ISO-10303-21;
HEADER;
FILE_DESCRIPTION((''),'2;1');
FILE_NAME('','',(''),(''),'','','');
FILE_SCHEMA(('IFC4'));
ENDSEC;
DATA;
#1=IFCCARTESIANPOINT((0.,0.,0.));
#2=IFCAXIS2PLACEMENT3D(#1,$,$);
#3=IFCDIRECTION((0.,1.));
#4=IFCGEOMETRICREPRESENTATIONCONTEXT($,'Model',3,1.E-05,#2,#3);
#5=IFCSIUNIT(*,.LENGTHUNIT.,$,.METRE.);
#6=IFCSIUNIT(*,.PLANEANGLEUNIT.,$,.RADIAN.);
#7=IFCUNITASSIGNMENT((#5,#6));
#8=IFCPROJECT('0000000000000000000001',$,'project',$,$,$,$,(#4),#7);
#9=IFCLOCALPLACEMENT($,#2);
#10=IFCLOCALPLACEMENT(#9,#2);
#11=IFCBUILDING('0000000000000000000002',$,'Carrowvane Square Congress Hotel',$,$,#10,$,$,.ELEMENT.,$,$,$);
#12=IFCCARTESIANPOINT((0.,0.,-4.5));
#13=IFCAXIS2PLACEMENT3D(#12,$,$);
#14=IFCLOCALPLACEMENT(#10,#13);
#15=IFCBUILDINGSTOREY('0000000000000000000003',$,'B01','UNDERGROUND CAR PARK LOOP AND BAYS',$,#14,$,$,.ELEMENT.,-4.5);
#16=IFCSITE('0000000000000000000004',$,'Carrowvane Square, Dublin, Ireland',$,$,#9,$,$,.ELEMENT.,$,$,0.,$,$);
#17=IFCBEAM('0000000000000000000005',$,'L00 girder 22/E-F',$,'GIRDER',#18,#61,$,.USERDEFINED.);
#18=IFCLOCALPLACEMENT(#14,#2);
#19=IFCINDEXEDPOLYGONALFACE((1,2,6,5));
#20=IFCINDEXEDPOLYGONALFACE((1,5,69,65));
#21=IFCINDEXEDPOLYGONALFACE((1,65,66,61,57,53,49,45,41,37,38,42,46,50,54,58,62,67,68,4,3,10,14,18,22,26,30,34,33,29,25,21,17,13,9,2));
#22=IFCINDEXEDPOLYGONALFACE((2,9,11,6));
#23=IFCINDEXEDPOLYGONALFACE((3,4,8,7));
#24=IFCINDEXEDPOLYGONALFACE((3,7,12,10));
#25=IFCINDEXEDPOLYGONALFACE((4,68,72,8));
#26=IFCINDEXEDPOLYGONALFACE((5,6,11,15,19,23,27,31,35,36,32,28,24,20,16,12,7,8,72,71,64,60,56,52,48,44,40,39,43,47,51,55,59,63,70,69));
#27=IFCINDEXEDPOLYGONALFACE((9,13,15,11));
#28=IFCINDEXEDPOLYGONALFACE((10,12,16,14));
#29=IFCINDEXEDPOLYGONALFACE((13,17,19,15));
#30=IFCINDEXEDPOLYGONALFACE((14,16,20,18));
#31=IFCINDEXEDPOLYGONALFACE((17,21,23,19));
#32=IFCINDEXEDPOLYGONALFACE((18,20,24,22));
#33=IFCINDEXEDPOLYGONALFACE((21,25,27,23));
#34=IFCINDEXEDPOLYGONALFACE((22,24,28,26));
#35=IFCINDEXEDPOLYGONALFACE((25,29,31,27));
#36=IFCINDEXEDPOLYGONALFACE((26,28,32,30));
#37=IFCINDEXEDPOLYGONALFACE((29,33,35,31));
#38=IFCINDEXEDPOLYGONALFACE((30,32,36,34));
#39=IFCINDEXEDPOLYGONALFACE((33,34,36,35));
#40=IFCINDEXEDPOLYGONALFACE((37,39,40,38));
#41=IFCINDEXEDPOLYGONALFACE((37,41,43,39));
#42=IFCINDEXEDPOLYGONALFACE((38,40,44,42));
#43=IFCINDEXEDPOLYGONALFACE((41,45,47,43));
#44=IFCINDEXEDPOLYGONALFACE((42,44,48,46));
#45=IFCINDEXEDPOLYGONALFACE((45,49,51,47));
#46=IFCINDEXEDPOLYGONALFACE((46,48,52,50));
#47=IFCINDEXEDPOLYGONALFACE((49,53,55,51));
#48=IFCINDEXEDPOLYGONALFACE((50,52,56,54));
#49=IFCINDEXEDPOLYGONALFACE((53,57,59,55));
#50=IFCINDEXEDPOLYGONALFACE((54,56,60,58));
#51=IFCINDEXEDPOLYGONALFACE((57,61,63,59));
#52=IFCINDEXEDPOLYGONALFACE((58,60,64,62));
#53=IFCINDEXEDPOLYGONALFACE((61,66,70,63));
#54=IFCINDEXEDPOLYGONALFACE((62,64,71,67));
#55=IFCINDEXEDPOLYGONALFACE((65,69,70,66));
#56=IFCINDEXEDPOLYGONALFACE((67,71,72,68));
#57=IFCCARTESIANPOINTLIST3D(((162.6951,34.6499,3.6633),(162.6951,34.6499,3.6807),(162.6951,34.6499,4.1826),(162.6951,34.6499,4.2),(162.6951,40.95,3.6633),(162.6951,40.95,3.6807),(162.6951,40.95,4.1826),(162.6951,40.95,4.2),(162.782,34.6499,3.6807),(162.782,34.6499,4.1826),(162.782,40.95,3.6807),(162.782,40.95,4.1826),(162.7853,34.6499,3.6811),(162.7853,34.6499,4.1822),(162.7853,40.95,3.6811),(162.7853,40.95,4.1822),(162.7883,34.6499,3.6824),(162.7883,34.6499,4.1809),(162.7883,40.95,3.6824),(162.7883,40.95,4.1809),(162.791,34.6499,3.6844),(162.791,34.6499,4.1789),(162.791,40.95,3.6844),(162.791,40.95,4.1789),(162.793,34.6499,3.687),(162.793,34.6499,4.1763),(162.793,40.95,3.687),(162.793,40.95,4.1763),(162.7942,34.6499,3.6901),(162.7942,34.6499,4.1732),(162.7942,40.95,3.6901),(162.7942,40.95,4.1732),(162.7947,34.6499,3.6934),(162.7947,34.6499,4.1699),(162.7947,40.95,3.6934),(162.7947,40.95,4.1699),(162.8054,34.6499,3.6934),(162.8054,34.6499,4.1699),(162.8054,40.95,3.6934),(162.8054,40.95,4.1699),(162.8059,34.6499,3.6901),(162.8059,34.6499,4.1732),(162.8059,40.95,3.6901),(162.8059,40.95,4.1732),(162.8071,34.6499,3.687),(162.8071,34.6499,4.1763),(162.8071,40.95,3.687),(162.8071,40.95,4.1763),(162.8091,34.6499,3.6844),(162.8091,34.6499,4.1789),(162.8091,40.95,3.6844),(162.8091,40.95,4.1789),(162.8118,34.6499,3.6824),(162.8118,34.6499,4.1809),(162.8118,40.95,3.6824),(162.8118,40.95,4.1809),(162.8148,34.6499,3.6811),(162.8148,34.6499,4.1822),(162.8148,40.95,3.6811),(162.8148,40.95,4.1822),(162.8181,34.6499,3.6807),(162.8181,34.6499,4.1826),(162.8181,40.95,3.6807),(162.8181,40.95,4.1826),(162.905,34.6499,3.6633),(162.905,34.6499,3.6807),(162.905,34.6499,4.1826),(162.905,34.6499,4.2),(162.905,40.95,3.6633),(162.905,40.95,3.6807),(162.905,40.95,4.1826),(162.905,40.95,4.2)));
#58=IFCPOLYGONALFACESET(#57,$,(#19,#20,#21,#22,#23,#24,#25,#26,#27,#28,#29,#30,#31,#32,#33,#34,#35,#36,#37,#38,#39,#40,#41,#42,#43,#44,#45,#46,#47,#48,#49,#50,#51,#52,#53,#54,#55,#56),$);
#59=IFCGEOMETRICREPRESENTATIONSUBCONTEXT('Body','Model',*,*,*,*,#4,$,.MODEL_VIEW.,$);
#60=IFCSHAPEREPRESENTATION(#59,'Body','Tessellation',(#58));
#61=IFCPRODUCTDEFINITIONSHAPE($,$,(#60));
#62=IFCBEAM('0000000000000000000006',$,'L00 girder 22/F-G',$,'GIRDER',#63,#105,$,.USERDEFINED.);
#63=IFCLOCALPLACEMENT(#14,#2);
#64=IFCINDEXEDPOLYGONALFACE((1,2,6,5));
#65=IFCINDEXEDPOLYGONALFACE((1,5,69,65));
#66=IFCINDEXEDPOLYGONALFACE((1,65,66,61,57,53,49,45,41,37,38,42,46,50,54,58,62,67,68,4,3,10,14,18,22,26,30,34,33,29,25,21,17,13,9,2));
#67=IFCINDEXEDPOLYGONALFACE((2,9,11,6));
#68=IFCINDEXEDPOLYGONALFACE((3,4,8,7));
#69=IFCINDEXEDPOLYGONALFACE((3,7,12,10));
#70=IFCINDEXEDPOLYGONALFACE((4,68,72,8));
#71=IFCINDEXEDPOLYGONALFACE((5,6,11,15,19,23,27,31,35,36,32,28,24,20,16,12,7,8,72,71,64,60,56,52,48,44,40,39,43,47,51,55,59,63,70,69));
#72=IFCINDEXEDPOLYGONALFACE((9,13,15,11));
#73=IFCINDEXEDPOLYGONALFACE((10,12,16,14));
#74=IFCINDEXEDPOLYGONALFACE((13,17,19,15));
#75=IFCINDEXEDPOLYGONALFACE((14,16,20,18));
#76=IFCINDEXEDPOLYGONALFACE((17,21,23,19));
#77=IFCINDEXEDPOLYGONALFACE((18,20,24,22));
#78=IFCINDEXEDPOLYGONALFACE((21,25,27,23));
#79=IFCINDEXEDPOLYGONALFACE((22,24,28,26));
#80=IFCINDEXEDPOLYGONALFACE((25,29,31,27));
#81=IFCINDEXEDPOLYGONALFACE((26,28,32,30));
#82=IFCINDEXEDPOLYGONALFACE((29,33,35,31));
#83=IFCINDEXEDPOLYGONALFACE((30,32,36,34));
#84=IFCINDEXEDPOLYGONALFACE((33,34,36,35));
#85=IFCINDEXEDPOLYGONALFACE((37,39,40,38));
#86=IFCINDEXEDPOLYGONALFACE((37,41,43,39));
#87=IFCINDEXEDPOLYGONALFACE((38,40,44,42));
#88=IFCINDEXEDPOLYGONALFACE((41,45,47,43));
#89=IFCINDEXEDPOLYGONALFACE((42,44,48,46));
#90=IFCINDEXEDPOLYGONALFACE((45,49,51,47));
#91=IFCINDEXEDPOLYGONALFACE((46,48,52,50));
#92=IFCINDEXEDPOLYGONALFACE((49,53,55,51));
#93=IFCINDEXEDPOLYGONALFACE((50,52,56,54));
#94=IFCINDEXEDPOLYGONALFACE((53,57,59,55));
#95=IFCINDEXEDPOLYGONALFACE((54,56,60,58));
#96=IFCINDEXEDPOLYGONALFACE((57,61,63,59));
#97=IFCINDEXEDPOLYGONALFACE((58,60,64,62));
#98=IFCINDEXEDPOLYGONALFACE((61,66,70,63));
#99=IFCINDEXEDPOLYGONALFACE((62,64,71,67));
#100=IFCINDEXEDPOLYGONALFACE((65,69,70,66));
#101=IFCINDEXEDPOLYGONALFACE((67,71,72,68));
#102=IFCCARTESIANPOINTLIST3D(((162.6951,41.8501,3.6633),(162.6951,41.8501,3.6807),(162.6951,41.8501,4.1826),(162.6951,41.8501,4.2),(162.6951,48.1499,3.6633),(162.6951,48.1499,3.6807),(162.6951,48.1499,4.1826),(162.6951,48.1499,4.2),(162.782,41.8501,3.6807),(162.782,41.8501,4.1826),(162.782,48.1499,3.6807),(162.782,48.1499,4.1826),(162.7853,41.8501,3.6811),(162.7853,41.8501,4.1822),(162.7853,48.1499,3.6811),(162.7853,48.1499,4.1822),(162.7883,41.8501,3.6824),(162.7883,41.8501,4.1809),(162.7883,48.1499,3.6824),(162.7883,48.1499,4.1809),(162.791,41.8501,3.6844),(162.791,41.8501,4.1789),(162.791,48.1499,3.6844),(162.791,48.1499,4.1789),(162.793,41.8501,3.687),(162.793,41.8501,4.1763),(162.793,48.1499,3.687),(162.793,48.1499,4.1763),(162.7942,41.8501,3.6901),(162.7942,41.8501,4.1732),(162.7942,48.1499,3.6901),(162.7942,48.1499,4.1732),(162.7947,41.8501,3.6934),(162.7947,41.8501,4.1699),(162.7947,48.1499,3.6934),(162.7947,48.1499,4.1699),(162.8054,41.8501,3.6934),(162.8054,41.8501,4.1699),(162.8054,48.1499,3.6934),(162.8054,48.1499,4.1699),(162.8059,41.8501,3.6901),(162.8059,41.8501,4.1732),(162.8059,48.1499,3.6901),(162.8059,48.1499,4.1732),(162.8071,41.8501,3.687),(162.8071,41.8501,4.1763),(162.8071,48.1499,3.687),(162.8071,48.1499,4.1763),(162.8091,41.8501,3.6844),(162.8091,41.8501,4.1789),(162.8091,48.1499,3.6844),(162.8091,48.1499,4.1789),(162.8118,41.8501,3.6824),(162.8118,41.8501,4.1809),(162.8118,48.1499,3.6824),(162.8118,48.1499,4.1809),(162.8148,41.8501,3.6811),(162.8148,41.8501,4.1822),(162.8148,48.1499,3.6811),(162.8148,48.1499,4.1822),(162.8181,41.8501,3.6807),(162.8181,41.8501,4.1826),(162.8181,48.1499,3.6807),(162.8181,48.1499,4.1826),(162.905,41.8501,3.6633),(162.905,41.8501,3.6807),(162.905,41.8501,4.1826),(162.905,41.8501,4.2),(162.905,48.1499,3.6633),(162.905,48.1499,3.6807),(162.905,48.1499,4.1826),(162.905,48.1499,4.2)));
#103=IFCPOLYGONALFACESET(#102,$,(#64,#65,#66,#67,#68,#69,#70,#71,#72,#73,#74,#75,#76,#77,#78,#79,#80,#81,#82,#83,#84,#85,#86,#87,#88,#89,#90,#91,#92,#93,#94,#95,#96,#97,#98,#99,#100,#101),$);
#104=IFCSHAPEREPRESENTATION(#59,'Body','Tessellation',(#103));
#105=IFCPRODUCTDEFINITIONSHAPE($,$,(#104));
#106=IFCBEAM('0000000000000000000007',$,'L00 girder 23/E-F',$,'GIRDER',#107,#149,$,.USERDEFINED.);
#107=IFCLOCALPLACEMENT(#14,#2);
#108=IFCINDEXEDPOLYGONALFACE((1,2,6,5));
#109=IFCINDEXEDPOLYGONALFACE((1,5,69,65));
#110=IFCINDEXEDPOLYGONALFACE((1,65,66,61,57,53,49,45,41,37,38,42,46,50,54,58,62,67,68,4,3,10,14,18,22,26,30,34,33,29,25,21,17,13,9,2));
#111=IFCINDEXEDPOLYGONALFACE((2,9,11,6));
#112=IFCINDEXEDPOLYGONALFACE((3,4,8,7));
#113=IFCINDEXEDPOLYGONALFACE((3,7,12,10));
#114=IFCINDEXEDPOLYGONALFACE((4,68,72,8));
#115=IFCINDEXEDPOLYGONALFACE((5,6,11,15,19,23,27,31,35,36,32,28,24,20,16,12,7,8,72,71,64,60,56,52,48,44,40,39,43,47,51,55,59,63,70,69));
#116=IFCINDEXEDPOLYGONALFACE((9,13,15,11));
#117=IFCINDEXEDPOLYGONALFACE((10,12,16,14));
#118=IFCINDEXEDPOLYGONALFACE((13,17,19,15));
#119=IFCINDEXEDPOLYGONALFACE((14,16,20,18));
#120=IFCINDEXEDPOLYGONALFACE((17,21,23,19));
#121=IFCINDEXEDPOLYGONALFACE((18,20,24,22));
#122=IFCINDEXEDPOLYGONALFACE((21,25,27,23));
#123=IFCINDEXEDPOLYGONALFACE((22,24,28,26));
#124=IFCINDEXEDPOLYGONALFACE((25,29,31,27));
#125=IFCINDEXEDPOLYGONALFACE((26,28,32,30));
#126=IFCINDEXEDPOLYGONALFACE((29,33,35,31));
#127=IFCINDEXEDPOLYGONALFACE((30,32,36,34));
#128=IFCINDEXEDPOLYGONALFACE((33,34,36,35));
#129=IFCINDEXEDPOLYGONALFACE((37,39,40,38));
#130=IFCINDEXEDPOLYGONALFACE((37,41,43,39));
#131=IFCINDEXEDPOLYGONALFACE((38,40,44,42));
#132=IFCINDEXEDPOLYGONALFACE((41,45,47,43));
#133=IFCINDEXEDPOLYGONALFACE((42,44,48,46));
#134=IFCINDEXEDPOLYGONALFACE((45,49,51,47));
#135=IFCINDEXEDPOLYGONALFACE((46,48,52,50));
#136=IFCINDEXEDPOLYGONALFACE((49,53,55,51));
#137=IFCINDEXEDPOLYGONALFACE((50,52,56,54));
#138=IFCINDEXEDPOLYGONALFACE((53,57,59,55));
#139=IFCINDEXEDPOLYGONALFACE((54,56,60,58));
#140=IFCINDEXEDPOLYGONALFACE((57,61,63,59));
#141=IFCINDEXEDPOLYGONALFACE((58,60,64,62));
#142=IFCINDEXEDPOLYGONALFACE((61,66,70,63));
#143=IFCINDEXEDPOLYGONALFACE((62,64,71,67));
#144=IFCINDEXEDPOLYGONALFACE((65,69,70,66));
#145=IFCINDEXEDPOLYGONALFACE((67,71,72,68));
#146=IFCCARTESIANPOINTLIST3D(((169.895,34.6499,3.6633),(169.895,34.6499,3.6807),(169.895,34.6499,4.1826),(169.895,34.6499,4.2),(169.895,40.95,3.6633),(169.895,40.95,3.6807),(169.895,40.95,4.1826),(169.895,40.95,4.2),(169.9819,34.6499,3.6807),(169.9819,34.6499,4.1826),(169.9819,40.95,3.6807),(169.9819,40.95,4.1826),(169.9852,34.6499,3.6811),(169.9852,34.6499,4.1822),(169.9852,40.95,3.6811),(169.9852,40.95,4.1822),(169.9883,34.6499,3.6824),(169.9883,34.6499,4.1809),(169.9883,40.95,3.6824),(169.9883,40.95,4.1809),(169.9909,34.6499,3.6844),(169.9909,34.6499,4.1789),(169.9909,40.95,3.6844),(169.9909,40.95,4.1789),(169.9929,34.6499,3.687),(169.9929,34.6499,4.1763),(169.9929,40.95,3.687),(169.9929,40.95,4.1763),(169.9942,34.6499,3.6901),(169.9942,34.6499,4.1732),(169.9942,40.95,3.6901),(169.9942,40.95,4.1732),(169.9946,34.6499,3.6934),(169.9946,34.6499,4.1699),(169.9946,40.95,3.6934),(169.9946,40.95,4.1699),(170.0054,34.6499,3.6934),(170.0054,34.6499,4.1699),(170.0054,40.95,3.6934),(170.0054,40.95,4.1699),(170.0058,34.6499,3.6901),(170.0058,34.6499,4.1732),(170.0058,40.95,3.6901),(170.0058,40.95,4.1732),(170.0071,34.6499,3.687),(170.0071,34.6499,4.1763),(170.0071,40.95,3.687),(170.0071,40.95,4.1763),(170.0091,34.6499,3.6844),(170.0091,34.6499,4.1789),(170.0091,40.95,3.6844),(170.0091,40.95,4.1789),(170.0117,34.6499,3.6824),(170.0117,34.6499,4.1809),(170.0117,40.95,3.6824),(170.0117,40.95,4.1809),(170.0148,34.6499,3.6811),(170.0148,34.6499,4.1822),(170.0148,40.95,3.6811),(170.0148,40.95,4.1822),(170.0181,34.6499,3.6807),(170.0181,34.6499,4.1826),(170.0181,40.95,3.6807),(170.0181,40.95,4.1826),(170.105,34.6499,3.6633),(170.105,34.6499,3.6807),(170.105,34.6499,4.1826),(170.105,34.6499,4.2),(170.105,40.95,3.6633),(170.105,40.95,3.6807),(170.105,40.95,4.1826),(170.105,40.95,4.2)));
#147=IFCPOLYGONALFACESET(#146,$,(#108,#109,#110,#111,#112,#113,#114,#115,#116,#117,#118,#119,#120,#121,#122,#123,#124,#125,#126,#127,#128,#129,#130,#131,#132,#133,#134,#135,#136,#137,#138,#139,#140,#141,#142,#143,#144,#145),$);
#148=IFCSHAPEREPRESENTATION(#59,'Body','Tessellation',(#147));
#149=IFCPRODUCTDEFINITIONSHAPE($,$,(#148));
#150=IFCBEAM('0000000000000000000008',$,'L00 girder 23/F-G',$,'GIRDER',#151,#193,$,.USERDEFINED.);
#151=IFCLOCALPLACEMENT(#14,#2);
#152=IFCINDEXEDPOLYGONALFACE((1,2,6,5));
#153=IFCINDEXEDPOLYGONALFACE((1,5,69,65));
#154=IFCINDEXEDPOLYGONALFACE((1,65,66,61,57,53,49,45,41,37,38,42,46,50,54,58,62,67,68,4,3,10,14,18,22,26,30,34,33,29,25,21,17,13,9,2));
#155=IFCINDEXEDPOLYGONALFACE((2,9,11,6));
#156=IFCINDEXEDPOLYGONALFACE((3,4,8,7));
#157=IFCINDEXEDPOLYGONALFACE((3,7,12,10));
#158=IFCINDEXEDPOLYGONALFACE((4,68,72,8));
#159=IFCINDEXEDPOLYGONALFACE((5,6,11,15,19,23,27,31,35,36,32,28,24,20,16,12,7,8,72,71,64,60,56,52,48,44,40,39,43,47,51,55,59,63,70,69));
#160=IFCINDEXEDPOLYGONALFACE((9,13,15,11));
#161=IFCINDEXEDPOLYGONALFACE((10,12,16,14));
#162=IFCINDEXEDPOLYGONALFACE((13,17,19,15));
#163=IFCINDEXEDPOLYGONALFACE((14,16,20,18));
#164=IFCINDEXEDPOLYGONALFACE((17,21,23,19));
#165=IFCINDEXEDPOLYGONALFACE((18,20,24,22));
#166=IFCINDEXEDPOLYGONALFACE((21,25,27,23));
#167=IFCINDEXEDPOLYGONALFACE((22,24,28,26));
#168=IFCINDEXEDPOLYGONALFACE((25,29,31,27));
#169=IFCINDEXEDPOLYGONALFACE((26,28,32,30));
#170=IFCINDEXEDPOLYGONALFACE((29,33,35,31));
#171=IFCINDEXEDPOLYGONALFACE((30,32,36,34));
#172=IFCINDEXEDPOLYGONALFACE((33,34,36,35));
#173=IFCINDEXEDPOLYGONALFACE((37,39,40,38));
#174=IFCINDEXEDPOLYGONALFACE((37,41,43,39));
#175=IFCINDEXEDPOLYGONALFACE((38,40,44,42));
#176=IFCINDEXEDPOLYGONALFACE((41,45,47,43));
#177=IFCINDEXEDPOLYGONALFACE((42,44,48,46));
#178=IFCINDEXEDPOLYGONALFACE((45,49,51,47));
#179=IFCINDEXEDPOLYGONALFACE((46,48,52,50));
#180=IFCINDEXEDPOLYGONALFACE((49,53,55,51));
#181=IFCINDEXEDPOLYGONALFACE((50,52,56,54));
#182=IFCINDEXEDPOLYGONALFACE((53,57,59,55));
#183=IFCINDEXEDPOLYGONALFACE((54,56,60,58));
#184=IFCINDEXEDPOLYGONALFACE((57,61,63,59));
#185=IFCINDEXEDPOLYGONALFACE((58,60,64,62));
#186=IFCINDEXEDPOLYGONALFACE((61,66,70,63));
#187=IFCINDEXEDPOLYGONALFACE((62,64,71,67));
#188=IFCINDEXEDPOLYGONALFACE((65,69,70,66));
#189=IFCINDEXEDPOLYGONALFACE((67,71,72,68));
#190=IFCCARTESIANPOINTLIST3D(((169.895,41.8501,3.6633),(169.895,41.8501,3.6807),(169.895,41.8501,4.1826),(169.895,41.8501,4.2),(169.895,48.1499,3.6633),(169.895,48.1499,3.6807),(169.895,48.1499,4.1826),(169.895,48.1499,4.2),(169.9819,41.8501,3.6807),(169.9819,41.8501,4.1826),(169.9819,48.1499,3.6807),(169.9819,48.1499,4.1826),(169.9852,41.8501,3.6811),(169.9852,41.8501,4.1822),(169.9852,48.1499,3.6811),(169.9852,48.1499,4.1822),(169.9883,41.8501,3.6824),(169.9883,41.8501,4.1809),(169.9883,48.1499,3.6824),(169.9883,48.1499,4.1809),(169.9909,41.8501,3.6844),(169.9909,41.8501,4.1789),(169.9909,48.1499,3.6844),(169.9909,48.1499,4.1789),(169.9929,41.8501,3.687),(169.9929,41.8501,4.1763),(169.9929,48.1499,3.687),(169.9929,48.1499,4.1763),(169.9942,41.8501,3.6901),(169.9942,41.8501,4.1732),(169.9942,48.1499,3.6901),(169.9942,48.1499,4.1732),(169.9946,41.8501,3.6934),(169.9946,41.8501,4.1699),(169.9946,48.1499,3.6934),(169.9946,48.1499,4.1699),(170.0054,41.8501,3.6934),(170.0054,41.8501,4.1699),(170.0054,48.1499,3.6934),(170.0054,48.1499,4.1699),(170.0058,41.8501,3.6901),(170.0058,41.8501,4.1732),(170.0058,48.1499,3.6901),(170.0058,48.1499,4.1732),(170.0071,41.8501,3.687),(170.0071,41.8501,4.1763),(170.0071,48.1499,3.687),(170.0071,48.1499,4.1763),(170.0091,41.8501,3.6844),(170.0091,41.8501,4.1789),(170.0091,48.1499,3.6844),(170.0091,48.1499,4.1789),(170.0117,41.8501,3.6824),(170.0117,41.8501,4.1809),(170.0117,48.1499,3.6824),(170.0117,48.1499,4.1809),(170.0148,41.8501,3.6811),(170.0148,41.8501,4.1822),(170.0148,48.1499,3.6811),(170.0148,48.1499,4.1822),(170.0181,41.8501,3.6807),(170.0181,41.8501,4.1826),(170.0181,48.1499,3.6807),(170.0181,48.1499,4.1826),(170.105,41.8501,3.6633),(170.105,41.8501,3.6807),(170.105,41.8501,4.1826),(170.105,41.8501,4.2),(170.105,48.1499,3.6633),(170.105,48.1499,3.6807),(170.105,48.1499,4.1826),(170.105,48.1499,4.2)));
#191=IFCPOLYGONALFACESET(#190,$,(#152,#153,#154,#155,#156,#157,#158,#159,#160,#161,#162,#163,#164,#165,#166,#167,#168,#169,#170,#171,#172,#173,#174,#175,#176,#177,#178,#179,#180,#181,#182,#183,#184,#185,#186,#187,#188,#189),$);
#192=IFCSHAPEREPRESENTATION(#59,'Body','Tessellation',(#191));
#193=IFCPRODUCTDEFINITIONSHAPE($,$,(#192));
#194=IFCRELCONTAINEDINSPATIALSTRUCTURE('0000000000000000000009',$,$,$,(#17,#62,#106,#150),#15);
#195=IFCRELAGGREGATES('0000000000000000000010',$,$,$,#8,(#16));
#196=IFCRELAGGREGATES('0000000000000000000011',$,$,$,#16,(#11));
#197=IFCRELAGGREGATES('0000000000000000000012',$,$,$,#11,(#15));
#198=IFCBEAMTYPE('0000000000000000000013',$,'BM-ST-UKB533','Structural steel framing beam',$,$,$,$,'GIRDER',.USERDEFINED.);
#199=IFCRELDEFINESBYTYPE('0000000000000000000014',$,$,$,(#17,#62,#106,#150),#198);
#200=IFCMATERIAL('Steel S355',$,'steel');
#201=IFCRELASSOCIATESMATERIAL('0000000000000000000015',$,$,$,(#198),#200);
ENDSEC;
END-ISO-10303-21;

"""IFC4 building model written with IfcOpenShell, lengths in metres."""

from ifc_helpers import new_model, si_unit, direction, frame, origin, origin_2d, place, context, subcontext, project, spatial, i_section, extrude, material, material_profile, profile_set, type_object, element, save


model = new_model("IFC4")

# Units and contexts
model_context = context("Model", 3, precision=1e-05, world=origin(), true_north=direction((0.0, 1.0)))
body_context = subcontext(model_context, "Body", "Model", "MODEL_VIEW")
ifc_project = project(units=[si_unit("LENGTHUNIT", "METRE"), si_unit("PLANEANGLEUNIT", "RADIAN")], contexts=[model_context])

# Site, building, storey
site_placement = place(None, origin())
site = spatial("IfcSite", under=ifc_project, at=site_placement, Name="Carrowvane Square, Dublin, Ireland", CompositionType="ELEMENT", RefElevation=0.0)
building_placement = place(site_placement, origin())
building = spatial("IfcBuilding", under=site, at=building_placement, Name="Carrowvane Square Congress Hotel", CompositionType="ELEMENT")
storey_placement = place(building_placement, frame((0.0, 0.0, -4.5)))
storey = spatial("IfcBuildingStorey", under=building, at=storey_placement, Name="B01", Description="UNDERGROUND CAR PARK LOOP AND BAYS", CompositionType="ELEMENT", Elevation=-4.5)

# Beams
ifc_material_1 = material(Name="Steel S355", Category="steel")
ifc_material_profile_1 = material_profile(ifc_material_1, i_section(OverallWidth=0.21, OverallDepth=0.5366, WebThickness=0.0107, FlangeThickness=0.0173, FilletRadius=0.0127, at=origin_2d()), Name="UKB 533x210x101")
ifc_profile_set_1 = profile_set([ifc_material_profile_1], Name="Steel S355")
beam_type_1 = type_object("IfcBeamType", Name="BM-ST-UKB533", Description="Structural steel framing beam", ElementType="GIRDER", PredefinedType="USERDEFINED", material=ifc_profile_set_1)
beam_1_placement = place(storey_placement, frame((162.8, 34.6499, 3.9316), z_axis=(0.0, 1.0, 0.0), x_axis=(-1.0, 0.0, 0.0)))
element("IfcBeam", 1, at=beam_1_placement, inside=storey, type_object=beam_type_1, Name="L00 girder 22/E-F", ObjectType="GIRDER", PredefinedType="USERDEFINED", context=body_context, shape_type="SweptSolid", body=[
    extrude(i_section(OverallWidth=0.21, OverallDepth=0.5366, WebThickness=0.0107, FlangeThickness=0.0173, FilletRadius=0.0127, at=origin_2d()), origin(), (0.0, 0.0, 1.0), 6.3),
])
beam_2_placement = place(storey_placement, frame((162.8, 41.8501, 3.9316), z_axis=(0.0, 1.0, 0.0), x_axis=(-1.0, 0.0, 0.0)))
element("IfcBeam", 2, at=beam_2_placement, inside=storey, type_object=beam_type_1, Name="L00 girder 22/F-G", ObjectType="GIRDER", PredefinedType="USERDEFINED", context=body_context, shape_type="SweptSolid", body=[
    extrude(i_section(OverallWidth=0.21, OverallDepth=0.5366, WebThickness=0.0107, FlangeThickness=0.0173, FilletRadius=0.0127, at=origin_2d()), origin(), (0.0, 0.0, 1.0), 6.2998),
])
beam_3_placement = place(storey_placement, frame((170.0, 34.6499, 3.9316), z_axis=(0.0, 1.0, 0.0), x_axis=(-1.0, 0.0, 0.0)))
element("IfcBeam", 3, at=beam_3_placement, inside=storey, type_object=beam_type_1, Name="L00 girder 23/E-F", ObjectType="GIRDER", PredefinedType="USERDEFINED", context=body_context, shape_type="SweptSolid", body=[
    extrude(i_section(OverallWidth=0.21, OverallDepth=0.5366, WebThickness=0.0107, FlangeThickness=0.0173, FilletRadius=0.0127, at=origin_2d()), origin(), (0.0, 0.0, 1.0), 6.3),
])
beam_4_placement = place(storey_placement, frame((170.0, 41.8501, 3.9316), z_axis=(0.0, 1.0, 0.0), x_axis=(-1.0, 0.0, 0.0)))
element("IfcBeam", 4, at=beam_4_placement, inside=storey, type_object=beam_type_1, Name="L00 girder 23/F-G", ObjectType="GIRDER", PredefinedType="USERDEFINED", context=body_context, shape_type="SweptSolid", body=[
    extrude(i_section(OverallWidth=0.21, OverallDepth=0.5366, WebThickness=0.0107, FlangeThickness=0.0173, FilletRadius=0.0127, at=origin_2d()), origin(), (0.0, 0.0, 1.0), 6.2998),
])

save(model, "model.ifc")
